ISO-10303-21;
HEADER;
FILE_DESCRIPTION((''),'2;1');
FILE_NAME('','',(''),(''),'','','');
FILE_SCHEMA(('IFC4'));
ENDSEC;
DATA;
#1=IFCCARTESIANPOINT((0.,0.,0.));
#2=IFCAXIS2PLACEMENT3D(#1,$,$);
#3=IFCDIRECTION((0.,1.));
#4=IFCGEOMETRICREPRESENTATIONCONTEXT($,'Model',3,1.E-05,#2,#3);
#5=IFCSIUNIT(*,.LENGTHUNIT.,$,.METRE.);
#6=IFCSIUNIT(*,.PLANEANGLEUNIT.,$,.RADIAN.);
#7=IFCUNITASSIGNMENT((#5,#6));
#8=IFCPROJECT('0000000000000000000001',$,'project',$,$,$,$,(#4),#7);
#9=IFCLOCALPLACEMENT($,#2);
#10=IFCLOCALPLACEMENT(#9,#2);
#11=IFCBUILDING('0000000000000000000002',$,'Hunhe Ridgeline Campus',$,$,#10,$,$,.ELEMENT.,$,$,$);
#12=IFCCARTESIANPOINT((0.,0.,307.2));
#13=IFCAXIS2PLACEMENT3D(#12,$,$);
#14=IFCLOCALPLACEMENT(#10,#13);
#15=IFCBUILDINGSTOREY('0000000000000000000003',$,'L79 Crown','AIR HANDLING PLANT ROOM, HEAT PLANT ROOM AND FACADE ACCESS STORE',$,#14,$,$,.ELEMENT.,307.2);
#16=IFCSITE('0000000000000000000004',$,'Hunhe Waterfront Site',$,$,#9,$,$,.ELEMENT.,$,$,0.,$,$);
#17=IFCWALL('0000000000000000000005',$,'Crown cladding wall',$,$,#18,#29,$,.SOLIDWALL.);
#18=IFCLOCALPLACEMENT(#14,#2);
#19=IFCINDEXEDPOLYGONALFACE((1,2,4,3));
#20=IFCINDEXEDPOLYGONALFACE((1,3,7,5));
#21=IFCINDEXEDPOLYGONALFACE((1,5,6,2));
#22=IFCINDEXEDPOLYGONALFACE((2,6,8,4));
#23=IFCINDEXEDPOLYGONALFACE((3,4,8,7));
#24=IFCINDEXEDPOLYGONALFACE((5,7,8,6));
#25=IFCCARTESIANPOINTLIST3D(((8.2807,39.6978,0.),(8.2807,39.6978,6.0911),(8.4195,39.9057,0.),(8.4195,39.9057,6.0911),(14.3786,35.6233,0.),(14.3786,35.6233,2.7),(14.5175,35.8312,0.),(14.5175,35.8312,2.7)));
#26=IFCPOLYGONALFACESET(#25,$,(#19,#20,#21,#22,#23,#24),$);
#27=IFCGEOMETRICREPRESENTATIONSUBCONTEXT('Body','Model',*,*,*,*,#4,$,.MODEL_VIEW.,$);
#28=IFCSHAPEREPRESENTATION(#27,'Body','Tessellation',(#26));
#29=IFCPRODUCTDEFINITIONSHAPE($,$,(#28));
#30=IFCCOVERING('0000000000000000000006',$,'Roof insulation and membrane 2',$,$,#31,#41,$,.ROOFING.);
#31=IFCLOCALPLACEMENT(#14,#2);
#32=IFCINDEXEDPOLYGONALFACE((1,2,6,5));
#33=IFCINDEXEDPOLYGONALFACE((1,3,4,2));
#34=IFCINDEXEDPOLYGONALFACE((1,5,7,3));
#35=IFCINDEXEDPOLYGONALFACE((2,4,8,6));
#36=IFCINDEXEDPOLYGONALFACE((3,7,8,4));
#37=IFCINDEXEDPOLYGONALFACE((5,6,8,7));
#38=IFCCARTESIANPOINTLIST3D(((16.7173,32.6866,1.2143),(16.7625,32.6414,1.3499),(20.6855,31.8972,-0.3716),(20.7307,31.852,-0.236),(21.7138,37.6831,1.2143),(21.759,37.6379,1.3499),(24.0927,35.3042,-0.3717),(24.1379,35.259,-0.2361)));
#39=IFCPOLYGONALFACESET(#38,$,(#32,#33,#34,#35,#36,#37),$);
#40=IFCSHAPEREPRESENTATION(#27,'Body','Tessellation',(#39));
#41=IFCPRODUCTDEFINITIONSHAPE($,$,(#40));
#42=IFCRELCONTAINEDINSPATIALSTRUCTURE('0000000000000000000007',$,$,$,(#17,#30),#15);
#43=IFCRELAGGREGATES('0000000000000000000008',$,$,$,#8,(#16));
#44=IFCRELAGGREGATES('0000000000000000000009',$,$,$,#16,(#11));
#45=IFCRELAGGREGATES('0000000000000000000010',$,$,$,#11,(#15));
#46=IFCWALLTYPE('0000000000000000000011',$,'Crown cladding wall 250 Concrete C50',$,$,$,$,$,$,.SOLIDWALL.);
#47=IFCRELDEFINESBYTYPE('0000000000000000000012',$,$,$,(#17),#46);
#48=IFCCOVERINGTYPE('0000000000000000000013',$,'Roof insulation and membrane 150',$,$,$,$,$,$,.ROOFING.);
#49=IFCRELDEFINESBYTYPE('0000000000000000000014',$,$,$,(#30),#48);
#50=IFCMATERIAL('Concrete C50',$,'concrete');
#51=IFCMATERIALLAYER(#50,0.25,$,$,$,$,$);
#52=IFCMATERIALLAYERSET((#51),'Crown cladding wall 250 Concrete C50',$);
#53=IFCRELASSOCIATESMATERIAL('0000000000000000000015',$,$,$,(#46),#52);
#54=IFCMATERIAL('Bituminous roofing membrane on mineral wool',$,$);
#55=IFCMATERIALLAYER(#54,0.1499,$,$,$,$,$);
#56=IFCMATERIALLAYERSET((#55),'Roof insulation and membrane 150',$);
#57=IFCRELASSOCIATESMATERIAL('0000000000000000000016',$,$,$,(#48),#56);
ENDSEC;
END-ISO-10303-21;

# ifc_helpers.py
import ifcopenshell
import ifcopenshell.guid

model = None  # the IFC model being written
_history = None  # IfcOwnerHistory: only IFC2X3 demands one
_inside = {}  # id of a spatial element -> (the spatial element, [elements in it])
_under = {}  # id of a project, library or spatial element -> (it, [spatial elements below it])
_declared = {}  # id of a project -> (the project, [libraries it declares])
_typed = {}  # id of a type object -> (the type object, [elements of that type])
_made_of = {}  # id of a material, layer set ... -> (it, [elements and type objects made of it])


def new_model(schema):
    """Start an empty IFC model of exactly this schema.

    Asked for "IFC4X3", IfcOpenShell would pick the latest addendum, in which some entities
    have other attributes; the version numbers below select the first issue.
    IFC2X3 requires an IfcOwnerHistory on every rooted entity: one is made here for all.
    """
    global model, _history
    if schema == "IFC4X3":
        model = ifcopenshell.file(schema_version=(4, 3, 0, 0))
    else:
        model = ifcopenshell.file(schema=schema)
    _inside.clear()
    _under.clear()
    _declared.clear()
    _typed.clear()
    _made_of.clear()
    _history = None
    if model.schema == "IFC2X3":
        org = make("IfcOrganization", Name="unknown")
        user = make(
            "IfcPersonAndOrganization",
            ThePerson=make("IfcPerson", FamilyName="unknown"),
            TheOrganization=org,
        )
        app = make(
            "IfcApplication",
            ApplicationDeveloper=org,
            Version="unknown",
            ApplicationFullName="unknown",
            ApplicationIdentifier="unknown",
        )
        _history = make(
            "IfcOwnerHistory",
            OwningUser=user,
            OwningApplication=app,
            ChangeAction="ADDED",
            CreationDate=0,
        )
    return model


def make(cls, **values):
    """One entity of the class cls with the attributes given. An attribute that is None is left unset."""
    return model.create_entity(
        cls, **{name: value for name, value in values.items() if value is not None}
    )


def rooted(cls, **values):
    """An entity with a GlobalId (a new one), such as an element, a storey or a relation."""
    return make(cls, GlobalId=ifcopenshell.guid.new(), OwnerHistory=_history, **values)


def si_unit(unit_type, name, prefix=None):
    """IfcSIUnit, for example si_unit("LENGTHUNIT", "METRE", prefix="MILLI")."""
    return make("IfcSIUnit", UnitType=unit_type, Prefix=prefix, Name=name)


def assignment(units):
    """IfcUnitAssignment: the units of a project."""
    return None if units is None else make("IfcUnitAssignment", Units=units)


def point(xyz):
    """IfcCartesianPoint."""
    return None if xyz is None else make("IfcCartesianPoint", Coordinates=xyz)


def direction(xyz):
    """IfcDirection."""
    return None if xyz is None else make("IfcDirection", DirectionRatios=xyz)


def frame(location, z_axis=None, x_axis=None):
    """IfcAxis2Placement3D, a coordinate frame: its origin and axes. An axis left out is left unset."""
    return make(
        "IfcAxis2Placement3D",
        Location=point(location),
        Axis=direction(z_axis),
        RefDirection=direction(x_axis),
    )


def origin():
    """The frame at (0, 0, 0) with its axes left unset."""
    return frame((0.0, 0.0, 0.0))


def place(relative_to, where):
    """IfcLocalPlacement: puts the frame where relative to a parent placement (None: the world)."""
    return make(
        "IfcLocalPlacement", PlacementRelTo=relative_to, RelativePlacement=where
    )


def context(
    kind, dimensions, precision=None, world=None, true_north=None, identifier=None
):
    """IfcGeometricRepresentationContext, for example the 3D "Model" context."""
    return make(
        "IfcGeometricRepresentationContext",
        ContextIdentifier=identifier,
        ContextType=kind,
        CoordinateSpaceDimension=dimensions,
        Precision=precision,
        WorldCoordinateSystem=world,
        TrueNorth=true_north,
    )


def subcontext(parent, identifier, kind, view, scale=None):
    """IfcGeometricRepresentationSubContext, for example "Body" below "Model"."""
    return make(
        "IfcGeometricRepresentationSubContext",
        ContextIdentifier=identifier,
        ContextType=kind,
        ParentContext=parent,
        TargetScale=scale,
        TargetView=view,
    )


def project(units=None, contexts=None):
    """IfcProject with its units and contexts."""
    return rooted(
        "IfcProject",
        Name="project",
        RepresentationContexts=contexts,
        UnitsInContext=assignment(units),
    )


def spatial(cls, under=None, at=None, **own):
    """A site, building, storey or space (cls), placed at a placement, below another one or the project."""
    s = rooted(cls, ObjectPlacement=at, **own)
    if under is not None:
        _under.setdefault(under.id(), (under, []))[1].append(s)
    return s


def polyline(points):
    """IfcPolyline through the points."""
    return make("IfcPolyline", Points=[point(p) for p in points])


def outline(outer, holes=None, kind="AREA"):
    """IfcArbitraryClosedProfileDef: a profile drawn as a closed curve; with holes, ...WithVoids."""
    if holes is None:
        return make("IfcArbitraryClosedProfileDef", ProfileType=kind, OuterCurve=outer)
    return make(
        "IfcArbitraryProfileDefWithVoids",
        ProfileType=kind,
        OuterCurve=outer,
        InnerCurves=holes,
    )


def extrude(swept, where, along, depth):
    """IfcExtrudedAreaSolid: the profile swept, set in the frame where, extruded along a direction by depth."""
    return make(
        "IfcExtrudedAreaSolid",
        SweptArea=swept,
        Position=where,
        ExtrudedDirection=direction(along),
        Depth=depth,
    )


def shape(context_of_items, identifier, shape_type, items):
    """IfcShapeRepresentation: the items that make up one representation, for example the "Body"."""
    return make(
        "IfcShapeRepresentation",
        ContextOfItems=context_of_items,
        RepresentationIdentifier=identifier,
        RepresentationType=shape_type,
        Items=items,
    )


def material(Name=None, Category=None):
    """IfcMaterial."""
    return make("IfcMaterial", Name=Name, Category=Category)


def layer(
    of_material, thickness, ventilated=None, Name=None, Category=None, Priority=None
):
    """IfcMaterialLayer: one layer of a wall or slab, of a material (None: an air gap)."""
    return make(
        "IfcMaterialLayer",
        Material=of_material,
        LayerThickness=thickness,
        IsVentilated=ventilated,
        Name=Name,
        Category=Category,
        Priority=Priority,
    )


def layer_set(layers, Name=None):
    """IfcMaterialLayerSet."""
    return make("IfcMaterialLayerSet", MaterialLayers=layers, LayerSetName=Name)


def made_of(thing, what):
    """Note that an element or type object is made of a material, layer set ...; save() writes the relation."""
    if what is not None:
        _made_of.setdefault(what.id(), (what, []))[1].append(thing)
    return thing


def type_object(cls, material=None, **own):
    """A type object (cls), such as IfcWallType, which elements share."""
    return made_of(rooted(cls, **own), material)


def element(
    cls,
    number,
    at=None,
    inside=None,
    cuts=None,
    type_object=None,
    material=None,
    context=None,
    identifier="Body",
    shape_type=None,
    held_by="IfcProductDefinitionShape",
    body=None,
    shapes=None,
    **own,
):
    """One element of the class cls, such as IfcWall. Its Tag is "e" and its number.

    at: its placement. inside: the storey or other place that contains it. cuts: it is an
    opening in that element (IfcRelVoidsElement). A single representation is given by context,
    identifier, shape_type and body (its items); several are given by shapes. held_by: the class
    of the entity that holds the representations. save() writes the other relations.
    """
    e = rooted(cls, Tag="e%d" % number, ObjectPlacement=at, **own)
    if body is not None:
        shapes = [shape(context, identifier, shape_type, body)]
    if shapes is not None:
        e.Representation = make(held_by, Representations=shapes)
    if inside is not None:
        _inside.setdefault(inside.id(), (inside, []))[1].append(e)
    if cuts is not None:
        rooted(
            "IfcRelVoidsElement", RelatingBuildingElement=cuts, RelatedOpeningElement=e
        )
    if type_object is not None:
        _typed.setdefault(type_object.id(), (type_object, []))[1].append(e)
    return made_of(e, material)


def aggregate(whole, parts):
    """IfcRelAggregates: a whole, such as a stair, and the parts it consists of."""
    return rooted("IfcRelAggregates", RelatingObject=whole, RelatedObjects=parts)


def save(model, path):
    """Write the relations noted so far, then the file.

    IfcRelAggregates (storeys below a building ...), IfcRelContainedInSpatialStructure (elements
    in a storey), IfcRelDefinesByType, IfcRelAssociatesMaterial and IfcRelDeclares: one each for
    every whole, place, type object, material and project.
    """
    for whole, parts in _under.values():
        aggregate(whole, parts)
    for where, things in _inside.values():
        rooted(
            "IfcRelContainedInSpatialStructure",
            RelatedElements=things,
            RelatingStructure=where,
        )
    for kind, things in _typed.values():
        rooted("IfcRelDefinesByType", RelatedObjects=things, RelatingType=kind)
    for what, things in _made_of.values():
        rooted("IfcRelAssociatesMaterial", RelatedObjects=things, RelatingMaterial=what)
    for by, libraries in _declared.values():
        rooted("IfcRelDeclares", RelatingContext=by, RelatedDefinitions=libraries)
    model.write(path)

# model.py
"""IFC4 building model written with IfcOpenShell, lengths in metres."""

from ifc_helpers import new_model, si_unit, direction, frame, origin, place, context, subcontext, project, spatial, polyline, outline, extrude, material, layer, layer_set, type_object, element, save


model = new_model("IFC4")

# Units and contexts
model_context = context("Model", 3, precision=1e-05, world=origin(), true_north=direction((0.0, 1.0)))
body_context = subcontext(model_context, "Body", "Model", "MODEL_VIEW")
ifc_project = project(units=[si_unit("LENGTHUNIT", "METRE"), si_unit("PLANEANGLEUNIT", "RADIAN")], contexts=[model_context])

# Site, building, storey
site_placement = place(None, origin())
site = spatial("IfcSite", under=ifc_project, at=site_placement, Name="Hunhe Waterfront Site", CompositionType="ELEMENT", RefElevation=0.0)
building_placement = place(site_placement, origin())
building = spatial("IfcBuilding", under=site, at=building_placement, Name="Hunhe Ridgeline Campus", CompositionType="ELEMENT")
storey_placement = place(building_placement, frame((0.0, 0.0, 307.2)))
storey = spatial("IfcBuildingStorey", under=building, at=storey_placement, Name="L79 Crown", Description="AIR HANDLING PLANT ROOM, HEAT PLANT ROOM AND FACADE ACCESS STORE", CompositionType="ELEMENT", Elevation=307.2)

# Wall
ifc_material_1 = material(Name="Concrete C50", Category="concrete")
ifc_layer_1 = layer(ifc_material_1, 0.25)
ifc_layer_set_1 = layer_set([ifc_layer_1], Name="Crown cladding wall 250 Concrete C50")
wall_type_1 = type_object("IfcWallType", Name="Crown cladding wall 250 Concrete C50", PredefinedType="SOLIDWALL", material=ifc_layer_set_1)
wall_1_placement = place(storey_placement, frame((8.3501, 39.8018, 0.0), z_axis=(0.0, 0.0, 1.0), x_axis=(0.831471, -0.555568, 0.0)))
element("IfcWall", 1, at=wall_1_placement, inside=storey, type_object=wall_type_1, Name="Crown cladding wall", PredefinedType="SOLIDWALL", context=body_context, shape_type="SweptSolid", body=[
    extrude(outline(polyline([(0.0, 0.0), (7.334, 0.0), (7.334, 2.7), (0.0, 6.0911), (0.0, 0.0)])), frame((0.0, 0.125, 0.0), z_axis=(0.0, -1.0, 0.0), x_axis=(1.0, 0.0, 0.0)), (0.0, 0.0, 1.0), 0.25),
])

# Covering
ifc_material_2 = material(Name="Bituminous roofing membrane on mineral wool")
ifc_layer_2 = layer(ifc_material_2, 0.1499)
ifc_layer_set_2 = layer_set([ifc_layer_2], Name="Roof insulation and membrane 150")
covering_type = type_object("IfcCoveringType", Name="Roof insulation and membrane 150", PredefinedType="ROOFING", material=ifc_layer_set_2)
covering_1_placement = place(storey_placement, frame((24.1379, 35.259, -0.2361), z_axis=(0.301514, -0.301523, 0.904529), x_axis=(-0.639599, 0.639599, 0.426412)))
element("IfcCovering", 2, at=covering_1_placement, inside=storey, type_object=covering_type, Name="Roof insulation and membrane 2", PredefinedType="ROOFING", context=body_context, shape_type="SweptSolid", body=[
    extrude(outline(polyline([(0.0, 0.0), (3.7194, 0.0), (3.7194, 7.0662), (0.0002, 4.8184), (0.0, 0.0)])), origin(), (0.0, 0.0, -1.0), 0.1499),
])

save(model, "model.ifc")
